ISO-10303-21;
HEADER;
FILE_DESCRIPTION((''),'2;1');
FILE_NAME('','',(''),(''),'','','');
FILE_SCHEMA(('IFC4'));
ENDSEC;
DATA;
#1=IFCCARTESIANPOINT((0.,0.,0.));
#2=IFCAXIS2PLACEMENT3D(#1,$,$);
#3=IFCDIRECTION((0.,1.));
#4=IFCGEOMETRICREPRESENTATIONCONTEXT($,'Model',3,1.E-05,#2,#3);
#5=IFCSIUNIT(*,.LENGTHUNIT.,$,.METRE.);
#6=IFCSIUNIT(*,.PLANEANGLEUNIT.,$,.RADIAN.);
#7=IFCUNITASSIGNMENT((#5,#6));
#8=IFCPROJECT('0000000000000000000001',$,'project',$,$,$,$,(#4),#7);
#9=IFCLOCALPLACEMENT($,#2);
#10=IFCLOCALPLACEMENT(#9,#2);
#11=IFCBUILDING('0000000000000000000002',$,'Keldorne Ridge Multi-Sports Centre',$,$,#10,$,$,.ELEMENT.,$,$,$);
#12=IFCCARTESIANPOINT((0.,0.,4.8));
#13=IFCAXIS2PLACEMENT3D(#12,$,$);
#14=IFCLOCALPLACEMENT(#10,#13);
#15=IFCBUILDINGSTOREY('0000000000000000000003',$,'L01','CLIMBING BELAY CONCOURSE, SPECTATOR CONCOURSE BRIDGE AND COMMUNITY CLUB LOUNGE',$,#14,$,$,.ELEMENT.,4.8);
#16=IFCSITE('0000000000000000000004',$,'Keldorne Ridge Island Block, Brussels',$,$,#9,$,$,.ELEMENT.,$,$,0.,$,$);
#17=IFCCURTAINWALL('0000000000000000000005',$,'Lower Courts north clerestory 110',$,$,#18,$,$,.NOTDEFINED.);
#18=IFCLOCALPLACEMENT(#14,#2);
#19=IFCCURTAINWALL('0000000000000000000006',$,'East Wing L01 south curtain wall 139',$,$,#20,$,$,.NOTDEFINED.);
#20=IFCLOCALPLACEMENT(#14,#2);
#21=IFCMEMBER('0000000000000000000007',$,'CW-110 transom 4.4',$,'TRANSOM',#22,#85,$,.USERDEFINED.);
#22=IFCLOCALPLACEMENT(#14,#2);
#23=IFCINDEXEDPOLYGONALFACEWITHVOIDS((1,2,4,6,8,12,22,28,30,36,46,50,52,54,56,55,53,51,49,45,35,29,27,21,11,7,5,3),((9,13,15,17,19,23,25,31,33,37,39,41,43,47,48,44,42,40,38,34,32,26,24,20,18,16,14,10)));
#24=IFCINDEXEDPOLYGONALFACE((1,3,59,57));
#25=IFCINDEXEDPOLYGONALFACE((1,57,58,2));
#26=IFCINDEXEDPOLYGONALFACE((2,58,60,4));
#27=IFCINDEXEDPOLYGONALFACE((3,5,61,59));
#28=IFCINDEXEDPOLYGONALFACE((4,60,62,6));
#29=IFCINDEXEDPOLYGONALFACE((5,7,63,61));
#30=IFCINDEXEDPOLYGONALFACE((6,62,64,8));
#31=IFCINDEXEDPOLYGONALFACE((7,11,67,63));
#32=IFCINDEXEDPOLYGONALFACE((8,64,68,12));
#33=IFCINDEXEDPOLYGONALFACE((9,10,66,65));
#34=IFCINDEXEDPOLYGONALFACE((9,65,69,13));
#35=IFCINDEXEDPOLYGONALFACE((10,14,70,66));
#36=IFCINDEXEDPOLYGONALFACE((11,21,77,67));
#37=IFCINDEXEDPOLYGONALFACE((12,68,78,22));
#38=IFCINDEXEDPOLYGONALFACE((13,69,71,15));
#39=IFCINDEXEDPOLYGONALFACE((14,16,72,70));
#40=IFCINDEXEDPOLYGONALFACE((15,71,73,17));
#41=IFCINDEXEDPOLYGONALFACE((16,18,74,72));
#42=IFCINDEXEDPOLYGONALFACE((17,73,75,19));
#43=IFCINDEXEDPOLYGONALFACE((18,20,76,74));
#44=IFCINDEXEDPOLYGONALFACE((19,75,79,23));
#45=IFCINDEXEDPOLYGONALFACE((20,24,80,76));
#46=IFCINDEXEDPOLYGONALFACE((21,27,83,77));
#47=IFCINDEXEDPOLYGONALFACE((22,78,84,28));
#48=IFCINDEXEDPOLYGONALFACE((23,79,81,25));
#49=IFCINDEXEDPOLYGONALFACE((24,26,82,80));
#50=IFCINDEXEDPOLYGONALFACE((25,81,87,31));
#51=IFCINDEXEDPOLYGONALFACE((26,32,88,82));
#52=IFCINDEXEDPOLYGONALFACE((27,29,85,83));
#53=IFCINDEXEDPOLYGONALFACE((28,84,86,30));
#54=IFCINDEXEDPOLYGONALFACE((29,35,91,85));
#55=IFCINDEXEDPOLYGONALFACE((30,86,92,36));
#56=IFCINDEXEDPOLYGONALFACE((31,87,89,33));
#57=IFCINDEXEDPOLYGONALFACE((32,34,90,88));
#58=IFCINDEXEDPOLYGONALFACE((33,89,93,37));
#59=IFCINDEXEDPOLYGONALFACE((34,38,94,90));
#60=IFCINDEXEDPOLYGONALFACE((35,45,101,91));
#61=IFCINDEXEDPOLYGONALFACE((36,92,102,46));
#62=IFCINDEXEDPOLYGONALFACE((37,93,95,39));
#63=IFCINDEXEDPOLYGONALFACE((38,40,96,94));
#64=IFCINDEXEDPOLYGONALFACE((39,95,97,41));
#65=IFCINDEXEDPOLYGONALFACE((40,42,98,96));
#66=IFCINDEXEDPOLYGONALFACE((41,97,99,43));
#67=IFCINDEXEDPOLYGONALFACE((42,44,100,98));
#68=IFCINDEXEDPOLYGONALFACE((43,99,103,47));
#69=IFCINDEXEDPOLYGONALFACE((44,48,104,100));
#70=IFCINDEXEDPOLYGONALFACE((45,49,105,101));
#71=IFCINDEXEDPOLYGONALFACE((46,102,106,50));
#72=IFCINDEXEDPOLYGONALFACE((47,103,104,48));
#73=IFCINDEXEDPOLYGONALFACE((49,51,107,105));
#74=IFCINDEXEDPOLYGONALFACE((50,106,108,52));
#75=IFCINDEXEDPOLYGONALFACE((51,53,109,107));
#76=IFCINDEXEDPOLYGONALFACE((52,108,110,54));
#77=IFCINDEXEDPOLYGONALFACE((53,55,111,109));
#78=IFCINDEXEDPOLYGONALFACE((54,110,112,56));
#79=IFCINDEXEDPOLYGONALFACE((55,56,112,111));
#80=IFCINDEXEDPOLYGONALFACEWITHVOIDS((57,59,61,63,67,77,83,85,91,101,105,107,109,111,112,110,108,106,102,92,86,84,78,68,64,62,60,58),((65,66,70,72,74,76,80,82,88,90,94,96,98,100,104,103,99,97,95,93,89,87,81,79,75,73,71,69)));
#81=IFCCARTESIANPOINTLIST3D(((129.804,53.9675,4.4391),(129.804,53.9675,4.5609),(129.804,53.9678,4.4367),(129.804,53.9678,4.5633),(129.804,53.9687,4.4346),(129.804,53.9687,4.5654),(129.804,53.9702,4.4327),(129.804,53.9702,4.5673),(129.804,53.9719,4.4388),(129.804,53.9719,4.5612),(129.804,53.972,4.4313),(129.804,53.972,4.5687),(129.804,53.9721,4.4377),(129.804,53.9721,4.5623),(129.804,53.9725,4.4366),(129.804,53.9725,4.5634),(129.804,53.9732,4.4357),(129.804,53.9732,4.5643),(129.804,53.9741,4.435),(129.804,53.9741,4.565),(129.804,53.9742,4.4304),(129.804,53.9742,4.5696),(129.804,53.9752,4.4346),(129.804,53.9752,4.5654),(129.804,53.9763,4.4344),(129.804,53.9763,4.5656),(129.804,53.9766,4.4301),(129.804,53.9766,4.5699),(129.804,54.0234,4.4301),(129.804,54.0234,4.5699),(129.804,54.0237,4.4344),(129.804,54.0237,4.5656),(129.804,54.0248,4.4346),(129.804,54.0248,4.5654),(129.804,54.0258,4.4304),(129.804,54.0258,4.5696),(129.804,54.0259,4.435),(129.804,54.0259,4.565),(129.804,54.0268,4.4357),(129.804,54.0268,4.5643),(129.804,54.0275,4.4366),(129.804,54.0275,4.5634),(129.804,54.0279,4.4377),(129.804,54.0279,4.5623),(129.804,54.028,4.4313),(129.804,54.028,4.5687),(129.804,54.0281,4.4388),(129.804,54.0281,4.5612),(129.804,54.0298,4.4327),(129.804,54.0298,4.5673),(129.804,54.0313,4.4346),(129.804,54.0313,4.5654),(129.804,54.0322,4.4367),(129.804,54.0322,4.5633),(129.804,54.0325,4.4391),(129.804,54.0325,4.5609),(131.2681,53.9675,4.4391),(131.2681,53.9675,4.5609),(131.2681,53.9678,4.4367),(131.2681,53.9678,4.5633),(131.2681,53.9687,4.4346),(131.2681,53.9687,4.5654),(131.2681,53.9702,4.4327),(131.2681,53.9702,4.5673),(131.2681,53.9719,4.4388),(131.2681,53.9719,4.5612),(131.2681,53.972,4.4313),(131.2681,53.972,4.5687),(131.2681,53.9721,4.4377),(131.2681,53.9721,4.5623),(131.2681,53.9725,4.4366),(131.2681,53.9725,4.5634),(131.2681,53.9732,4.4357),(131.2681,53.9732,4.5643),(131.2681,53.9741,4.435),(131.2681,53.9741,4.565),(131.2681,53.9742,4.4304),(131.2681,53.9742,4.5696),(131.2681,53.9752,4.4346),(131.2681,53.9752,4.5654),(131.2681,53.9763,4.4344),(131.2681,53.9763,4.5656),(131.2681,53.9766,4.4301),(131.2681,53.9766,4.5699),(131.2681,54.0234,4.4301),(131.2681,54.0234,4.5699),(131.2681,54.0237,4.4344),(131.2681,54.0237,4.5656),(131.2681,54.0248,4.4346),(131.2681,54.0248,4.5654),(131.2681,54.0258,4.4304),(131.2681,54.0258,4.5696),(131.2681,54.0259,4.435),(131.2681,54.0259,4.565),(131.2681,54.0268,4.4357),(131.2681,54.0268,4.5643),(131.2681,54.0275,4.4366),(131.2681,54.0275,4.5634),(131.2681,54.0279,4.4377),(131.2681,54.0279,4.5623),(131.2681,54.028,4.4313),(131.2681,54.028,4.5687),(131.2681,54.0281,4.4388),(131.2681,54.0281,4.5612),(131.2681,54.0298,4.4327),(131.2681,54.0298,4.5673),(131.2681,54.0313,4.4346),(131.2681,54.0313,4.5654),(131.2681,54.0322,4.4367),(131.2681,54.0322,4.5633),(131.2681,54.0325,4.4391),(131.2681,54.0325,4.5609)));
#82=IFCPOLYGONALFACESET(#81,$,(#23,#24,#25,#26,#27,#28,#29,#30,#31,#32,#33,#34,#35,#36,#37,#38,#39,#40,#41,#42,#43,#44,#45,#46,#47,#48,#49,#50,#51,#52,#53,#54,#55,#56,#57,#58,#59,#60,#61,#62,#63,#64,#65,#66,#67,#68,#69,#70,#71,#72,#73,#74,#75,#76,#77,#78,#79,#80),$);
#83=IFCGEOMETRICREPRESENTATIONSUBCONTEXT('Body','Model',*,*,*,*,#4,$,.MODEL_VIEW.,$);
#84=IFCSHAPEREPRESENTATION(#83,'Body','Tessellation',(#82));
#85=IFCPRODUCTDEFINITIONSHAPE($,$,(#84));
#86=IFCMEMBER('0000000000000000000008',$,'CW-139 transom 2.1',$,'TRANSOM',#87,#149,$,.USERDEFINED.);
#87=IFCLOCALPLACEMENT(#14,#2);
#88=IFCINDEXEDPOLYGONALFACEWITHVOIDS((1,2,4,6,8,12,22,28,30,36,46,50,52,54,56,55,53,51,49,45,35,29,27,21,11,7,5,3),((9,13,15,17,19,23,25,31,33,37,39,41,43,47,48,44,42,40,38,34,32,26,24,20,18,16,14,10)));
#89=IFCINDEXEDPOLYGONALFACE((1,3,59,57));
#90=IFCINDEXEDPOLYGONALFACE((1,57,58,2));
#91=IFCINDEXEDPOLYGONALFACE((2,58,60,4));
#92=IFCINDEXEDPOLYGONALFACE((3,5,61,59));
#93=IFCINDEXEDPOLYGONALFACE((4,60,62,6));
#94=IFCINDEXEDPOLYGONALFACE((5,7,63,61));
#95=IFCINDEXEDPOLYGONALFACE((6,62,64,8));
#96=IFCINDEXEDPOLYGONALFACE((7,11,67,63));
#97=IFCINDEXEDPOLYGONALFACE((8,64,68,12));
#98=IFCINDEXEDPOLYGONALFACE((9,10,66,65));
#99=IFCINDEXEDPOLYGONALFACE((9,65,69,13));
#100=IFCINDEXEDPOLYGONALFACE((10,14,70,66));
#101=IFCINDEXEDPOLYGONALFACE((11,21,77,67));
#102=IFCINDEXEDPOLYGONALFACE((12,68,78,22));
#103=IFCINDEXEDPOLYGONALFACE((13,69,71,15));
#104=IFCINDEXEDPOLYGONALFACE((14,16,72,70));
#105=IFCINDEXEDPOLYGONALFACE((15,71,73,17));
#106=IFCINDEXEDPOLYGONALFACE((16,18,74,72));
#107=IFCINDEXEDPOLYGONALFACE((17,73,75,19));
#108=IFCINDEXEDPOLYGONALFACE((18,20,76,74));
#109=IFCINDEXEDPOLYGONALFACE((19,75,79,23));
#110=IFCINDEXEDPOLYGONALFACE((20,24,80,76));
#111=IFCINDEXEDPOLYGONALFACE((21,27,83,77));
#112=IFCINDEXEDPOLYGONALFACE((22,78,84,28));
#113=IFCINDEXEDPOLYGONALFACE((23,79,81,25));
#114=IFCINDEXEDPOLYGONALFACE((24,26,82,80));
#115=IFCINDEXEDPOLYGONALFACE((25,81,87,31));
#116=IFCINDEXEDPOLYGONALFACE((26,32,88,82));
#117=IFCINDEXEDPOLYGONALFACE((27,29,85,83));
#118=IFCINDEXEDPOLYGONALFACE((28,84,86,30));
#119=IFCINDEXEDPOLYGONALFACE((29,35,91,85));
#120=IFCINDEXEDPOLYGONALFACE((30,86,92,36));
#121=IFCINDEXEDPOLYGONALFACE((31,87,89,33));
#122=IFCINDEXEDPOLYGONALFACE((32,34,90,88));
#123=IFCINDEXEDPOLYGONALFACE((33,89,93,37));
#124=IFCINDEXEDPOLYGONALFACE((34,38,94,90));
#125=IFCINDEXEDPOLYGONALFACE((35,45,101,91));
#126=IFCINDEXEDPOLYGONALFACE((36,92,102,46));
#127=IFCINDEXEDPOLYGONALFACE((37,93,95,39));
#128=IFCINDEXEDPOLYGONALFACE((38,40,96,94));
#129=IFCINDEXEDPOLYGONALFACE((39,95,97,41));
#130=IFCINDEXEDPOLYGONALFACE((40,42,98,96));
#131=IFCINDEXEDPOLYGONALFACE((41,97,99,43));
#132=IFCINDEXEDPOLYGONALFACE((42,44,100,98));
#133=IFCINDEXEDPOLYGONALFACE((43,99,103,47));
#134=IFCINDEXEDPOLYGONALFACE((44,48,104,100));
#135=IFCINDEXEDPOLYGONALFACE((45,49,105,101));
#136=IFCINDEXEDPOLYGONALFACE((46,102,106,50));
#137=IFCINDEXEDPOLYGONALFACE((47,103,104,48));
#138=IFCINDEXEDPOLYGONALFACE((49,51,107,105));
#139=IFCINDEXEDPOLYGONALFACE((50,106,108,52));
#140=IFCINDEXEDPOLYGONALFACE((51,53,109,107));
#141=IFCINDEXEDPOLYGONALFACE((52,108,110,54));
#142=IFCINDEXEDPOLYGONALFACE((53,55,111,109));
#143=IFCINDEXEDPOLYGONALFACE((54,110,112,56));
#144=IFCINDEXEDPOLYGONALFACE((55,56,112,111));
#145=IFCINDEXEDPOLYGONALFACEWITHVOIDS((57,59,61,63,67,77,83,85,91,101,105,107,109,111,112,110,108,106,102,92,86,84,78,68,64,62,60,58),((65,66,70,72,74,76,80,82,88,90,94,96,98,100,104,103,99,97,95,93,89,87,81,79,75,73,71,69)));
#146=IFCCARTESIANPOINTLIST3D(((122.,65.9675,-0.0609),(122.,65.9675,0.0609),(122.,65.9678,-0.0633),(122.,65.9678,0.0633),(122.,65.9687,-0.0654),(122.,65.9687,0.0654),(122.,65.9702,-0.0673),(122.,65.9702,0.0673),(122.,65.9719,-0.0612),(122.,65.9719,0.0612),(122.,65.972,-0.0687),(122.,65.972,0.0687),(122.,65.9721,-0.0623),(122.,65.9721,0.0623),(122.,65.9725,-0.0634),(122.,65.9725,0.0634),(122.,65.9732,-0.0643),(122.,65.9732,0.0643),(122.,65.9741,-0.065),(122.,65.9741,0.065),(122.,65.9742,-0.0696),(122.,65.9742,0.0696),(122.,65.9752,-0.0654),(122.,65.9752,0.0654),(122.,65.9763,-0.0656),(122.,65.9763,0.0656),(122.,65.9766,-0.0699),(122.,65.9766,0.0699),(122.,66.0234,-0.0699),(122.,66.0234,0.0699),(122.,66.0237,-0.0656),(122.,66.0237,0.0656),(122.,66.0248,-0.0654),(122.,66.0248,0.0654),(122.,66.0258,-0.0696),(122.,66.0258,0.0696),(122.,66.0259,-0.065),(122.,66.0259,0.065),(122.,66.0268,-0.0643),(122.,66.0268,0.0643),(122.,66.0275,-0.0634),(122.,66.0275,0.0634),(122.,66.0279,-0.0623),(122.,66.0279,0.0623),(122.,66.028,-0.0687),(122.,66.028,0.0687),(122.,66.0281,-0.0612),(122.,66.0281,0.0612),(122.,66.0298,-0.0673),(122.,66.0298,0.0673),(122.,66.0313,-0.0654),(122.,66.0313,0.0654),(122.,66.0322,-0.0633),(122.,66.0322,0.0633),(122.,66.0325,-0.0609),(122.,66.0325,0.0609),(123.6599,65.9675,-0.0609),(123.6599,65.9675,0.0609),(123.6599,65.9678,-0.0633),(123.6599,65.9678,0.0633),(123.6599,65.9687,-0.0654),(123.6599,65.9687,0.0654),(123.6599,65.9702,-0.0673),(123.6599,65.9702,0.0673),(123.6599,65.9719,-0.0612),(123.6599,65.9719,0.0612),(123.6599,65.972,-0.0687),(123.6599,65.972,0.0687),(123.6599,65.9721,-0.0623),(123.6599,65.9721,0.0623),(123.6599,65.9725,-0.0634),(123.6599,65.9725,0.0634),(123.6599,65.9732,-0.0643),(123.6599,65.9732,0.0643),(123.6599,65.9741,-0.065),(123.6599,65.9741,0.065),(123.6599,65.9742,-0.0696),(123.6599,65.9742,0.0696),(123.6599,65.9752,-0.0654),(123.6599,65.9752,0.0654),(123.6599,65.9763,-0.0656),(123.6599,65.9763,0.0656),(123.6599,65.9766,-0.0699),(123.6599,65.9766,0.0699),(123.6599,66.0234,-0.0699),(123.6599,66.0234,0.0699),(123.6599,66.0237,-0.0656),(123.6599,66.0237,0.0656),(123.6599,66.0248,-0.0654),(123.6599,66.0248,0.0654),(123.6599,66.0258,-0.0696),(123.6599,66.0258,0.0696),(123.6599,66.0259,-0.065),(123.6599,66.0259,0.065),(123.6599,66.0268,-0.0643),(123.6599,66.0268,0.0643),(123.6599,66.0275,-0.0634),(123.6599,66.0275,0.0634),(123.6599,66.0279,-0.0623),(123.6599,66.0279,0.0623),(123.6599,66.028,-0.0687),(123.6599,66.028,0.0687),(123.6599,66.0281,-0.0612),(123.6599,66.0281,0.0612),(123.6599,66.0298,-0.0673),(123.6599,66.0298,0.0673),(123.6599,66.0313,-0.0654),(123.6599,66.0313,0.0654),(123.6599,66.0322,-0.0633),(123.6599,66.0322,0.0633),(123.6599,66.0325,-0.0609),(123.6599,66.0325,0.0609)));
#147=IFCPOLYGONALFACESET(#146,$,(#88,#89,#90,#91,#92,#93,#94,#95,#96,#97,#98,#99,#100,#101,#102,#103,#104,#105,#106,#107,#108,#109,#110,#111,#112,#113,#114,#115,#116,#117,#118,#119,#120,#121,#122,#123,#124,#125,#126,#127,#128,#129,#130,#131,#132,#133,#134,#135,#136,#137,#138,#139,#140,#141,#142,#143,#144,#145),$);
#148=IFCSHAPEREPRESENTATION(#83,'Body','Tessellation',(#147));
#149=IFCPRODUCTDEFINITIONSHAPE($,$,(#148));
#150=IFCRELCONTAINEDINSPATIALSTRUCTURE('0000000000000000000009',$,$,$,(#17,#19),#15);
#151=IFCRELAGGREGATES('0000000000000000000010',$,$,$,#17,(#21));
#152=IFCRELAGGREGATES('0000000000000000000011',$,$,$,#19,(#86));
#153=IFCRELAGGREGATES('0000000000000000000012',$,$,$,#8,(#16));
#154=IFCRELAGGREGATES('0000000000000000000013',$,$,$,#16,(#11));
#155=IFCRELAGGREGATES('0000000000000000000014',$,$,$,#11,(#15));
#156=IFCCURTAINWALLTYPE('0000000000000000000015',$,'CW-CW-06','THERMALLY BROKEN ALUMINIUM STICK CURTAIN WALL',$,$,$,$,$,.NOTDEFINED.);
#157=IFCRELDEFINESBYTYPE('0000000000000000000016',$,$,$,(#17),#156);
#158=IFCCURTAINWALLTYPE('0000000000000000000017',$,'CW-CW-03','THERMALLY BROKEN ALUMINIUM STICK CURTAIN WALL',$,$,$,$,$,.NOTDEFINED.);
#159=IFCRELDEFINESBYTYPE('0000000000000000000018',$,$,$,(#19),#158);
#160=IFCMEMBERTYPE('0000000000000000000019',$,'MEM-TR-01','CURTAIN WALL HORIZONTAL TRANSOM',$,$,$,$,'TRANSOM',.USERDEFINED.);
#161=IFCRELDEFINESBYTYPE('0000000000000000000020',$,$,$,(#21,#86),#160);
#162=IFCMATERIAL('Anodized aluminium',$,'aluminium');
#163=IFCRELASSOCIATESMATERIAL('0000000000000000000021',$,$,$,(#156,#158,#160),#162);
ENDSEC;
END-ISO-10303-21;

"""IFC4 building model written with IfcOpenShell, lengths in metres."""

from ifc_helpers import new_model, si_unit, direction, frame, origin, origin_2d, place, context, subcontext, project, spatial, hollow_rectangle, extrude, material, material_profile, profile_set, type_object, element, aggregate, save


model = new_model("IFC4")

# Units and contexts
model_context = context("Model", 3, precision=1e-05, world=origin(), true_north=direction((0.0, 1.0)))
body_context = subcontext(model_context, "Body", "Model", "MODEL_VIEW")
ifc_project = project(units=[si_unit("LENGTHUNIT", "METRE"), si_unit("PLANEANGLEUNIT", "RADIAN")], contexts=[model_context])

# Site, building, storey
site_placement = place(None, origin())
site = spatial("IfcSite", under=ifc_project, at=site_placement, Name="Keldorne Ridge Island Block, Brussels", CompositionType="ELEMENT", RefElevation=0.0)
building_placement = place(site_placement, origin())
building = spatial("IfcBuilding", under=site, at=building_placement, Name="Keldorne Ridge Multi-Sports Centre", CompositionType="ELEMENT")
storey_placement = place(building_placement, frame((0.0, 0.0, 4.8)))
storey = spatial("IfcBuildingStorey", under=building, at=storey_placement, Name="L01", Description="CLIMBING BELAY CONCOURSE, SPECTATOR CONCOURSE BRIDGE AND COMMUNITY CLUB LOUNGE", CompositionType="ELEMENT", Elevation=4.8)

# Curtain wall
ifc_material_1 = material(Name="Anodized aluminium", Category="aluminium")
curtain_wall_type_1 = type_object("IfcCurtainWallType", Name="CW-CW-06", Description="THERMALLY BROKEN ALUMINIUM STICK CURTAIN WALL", PredefinedType="NOTDEFINED", material=ifc_material_1)
curtain_wall_1_placement = place(storey_placement, origin())
curtain_wall_1 = element("IfcCurtainWall", 1, at=curtain_wall_1_placement, inside=storey, type_object=curtain_wall_type_1, Name="Lower Courts north clerestory 110", PredefinedType="NOTDEFINED")

# Curtain wall
curtain_wall_type_2 = type_object("IfcCurtainWallType", Name="CW-CW-03", Description="THERMALLY BROKEN ALUMINIUM STICK CURTAIN WALL", PredefinedType="NOTDEFINED", material=ifc_material_1)
curtain_wall_2_placement = place(storey_placement, origin())
curtain_wall_2 = element("IfcCurtainWall", 2, at=curtain_wall_2_placement, inside=storey, type_object=curtain_wall_type_2, Name="East Wing L01 south curtain wall 139", PredefinedType="NOTDEFINED")

# Members
ifc_material_profile_1 = material_profile(ifc_material_1, hollow_rectangle(XDim=0.0649, YDim=0.1399, WallThickness=0.0044, InnerFilletRadius=0.0044, OuterFilletRadius=0.009, at=origin_2d()), Name="ALU TRANSOM 140x65x4.5")
ifc_profile_set_1 = profile_set([ifc_material_profile_1], Name="Anodized aluminium")
member_type_1 = type_object("IfcMemberType", Name="MEM-TR-01", Description="CURTAIN WALL HORIZONTAL TRANSOM", ElementType="TRANSOM", PredefinedType="USERDEFINED", material=ifc_profile_set_1)
member_1_placement = place(storey_placement, frame((131.2681, 54.0, 4.5), z_axis=(-1.0, 0.0, 0.0), x_axis=(0.0, -1.0, 0.0)))
member_1 = element("IfcMember", 3, at=member_1_placement, type_object=member_type_1, Name="CW-110 transom 4.4", ObjectType="TRANSOM", PredefinedType="USERDEFINED", context=body_context, shape_type="SweptSolid", body=[
    extrude(hollow_rectangle(XDim=0.0649, YDim=0.1399, WallThickness=0.0044, InnerFilletRadius=0.0044, OuterFilletRadius=0.009, at=origin_2d()), origin(), (0.0, 0.0, 1.0), 1.4641),
])
member_2_placement = place(storey_placement, frame((122.0, 66.0, 0.0), z_axis=(1.0, 0.0, 0.0), x_axis=(0.0, 1.0, 0.0)))
member_2 = element("IfcMember", 4, at=member_2_placement, type_object=member_type_1, Name="CW-139 transom 2.1", ObjectType="TRANSOM", PredefinedType="USERDEFINED", context=body_context, shape_type="SweptSolid", body=[
    extrude(hollow_rectangle(XDim=0.0649, YDim=0.1399, WallThickness=0.0044, InnerFilletRadius=0.0044, OuterFilletRadius=0.009, at=origin_2d()), origin(), (0.0, 0.0, 1.0), 1.6599),
])

aggregate(curtain_wall_1, [member_1])
aggregate(curtain_wall_2, [member_2])

save(model, "model.ifc")
